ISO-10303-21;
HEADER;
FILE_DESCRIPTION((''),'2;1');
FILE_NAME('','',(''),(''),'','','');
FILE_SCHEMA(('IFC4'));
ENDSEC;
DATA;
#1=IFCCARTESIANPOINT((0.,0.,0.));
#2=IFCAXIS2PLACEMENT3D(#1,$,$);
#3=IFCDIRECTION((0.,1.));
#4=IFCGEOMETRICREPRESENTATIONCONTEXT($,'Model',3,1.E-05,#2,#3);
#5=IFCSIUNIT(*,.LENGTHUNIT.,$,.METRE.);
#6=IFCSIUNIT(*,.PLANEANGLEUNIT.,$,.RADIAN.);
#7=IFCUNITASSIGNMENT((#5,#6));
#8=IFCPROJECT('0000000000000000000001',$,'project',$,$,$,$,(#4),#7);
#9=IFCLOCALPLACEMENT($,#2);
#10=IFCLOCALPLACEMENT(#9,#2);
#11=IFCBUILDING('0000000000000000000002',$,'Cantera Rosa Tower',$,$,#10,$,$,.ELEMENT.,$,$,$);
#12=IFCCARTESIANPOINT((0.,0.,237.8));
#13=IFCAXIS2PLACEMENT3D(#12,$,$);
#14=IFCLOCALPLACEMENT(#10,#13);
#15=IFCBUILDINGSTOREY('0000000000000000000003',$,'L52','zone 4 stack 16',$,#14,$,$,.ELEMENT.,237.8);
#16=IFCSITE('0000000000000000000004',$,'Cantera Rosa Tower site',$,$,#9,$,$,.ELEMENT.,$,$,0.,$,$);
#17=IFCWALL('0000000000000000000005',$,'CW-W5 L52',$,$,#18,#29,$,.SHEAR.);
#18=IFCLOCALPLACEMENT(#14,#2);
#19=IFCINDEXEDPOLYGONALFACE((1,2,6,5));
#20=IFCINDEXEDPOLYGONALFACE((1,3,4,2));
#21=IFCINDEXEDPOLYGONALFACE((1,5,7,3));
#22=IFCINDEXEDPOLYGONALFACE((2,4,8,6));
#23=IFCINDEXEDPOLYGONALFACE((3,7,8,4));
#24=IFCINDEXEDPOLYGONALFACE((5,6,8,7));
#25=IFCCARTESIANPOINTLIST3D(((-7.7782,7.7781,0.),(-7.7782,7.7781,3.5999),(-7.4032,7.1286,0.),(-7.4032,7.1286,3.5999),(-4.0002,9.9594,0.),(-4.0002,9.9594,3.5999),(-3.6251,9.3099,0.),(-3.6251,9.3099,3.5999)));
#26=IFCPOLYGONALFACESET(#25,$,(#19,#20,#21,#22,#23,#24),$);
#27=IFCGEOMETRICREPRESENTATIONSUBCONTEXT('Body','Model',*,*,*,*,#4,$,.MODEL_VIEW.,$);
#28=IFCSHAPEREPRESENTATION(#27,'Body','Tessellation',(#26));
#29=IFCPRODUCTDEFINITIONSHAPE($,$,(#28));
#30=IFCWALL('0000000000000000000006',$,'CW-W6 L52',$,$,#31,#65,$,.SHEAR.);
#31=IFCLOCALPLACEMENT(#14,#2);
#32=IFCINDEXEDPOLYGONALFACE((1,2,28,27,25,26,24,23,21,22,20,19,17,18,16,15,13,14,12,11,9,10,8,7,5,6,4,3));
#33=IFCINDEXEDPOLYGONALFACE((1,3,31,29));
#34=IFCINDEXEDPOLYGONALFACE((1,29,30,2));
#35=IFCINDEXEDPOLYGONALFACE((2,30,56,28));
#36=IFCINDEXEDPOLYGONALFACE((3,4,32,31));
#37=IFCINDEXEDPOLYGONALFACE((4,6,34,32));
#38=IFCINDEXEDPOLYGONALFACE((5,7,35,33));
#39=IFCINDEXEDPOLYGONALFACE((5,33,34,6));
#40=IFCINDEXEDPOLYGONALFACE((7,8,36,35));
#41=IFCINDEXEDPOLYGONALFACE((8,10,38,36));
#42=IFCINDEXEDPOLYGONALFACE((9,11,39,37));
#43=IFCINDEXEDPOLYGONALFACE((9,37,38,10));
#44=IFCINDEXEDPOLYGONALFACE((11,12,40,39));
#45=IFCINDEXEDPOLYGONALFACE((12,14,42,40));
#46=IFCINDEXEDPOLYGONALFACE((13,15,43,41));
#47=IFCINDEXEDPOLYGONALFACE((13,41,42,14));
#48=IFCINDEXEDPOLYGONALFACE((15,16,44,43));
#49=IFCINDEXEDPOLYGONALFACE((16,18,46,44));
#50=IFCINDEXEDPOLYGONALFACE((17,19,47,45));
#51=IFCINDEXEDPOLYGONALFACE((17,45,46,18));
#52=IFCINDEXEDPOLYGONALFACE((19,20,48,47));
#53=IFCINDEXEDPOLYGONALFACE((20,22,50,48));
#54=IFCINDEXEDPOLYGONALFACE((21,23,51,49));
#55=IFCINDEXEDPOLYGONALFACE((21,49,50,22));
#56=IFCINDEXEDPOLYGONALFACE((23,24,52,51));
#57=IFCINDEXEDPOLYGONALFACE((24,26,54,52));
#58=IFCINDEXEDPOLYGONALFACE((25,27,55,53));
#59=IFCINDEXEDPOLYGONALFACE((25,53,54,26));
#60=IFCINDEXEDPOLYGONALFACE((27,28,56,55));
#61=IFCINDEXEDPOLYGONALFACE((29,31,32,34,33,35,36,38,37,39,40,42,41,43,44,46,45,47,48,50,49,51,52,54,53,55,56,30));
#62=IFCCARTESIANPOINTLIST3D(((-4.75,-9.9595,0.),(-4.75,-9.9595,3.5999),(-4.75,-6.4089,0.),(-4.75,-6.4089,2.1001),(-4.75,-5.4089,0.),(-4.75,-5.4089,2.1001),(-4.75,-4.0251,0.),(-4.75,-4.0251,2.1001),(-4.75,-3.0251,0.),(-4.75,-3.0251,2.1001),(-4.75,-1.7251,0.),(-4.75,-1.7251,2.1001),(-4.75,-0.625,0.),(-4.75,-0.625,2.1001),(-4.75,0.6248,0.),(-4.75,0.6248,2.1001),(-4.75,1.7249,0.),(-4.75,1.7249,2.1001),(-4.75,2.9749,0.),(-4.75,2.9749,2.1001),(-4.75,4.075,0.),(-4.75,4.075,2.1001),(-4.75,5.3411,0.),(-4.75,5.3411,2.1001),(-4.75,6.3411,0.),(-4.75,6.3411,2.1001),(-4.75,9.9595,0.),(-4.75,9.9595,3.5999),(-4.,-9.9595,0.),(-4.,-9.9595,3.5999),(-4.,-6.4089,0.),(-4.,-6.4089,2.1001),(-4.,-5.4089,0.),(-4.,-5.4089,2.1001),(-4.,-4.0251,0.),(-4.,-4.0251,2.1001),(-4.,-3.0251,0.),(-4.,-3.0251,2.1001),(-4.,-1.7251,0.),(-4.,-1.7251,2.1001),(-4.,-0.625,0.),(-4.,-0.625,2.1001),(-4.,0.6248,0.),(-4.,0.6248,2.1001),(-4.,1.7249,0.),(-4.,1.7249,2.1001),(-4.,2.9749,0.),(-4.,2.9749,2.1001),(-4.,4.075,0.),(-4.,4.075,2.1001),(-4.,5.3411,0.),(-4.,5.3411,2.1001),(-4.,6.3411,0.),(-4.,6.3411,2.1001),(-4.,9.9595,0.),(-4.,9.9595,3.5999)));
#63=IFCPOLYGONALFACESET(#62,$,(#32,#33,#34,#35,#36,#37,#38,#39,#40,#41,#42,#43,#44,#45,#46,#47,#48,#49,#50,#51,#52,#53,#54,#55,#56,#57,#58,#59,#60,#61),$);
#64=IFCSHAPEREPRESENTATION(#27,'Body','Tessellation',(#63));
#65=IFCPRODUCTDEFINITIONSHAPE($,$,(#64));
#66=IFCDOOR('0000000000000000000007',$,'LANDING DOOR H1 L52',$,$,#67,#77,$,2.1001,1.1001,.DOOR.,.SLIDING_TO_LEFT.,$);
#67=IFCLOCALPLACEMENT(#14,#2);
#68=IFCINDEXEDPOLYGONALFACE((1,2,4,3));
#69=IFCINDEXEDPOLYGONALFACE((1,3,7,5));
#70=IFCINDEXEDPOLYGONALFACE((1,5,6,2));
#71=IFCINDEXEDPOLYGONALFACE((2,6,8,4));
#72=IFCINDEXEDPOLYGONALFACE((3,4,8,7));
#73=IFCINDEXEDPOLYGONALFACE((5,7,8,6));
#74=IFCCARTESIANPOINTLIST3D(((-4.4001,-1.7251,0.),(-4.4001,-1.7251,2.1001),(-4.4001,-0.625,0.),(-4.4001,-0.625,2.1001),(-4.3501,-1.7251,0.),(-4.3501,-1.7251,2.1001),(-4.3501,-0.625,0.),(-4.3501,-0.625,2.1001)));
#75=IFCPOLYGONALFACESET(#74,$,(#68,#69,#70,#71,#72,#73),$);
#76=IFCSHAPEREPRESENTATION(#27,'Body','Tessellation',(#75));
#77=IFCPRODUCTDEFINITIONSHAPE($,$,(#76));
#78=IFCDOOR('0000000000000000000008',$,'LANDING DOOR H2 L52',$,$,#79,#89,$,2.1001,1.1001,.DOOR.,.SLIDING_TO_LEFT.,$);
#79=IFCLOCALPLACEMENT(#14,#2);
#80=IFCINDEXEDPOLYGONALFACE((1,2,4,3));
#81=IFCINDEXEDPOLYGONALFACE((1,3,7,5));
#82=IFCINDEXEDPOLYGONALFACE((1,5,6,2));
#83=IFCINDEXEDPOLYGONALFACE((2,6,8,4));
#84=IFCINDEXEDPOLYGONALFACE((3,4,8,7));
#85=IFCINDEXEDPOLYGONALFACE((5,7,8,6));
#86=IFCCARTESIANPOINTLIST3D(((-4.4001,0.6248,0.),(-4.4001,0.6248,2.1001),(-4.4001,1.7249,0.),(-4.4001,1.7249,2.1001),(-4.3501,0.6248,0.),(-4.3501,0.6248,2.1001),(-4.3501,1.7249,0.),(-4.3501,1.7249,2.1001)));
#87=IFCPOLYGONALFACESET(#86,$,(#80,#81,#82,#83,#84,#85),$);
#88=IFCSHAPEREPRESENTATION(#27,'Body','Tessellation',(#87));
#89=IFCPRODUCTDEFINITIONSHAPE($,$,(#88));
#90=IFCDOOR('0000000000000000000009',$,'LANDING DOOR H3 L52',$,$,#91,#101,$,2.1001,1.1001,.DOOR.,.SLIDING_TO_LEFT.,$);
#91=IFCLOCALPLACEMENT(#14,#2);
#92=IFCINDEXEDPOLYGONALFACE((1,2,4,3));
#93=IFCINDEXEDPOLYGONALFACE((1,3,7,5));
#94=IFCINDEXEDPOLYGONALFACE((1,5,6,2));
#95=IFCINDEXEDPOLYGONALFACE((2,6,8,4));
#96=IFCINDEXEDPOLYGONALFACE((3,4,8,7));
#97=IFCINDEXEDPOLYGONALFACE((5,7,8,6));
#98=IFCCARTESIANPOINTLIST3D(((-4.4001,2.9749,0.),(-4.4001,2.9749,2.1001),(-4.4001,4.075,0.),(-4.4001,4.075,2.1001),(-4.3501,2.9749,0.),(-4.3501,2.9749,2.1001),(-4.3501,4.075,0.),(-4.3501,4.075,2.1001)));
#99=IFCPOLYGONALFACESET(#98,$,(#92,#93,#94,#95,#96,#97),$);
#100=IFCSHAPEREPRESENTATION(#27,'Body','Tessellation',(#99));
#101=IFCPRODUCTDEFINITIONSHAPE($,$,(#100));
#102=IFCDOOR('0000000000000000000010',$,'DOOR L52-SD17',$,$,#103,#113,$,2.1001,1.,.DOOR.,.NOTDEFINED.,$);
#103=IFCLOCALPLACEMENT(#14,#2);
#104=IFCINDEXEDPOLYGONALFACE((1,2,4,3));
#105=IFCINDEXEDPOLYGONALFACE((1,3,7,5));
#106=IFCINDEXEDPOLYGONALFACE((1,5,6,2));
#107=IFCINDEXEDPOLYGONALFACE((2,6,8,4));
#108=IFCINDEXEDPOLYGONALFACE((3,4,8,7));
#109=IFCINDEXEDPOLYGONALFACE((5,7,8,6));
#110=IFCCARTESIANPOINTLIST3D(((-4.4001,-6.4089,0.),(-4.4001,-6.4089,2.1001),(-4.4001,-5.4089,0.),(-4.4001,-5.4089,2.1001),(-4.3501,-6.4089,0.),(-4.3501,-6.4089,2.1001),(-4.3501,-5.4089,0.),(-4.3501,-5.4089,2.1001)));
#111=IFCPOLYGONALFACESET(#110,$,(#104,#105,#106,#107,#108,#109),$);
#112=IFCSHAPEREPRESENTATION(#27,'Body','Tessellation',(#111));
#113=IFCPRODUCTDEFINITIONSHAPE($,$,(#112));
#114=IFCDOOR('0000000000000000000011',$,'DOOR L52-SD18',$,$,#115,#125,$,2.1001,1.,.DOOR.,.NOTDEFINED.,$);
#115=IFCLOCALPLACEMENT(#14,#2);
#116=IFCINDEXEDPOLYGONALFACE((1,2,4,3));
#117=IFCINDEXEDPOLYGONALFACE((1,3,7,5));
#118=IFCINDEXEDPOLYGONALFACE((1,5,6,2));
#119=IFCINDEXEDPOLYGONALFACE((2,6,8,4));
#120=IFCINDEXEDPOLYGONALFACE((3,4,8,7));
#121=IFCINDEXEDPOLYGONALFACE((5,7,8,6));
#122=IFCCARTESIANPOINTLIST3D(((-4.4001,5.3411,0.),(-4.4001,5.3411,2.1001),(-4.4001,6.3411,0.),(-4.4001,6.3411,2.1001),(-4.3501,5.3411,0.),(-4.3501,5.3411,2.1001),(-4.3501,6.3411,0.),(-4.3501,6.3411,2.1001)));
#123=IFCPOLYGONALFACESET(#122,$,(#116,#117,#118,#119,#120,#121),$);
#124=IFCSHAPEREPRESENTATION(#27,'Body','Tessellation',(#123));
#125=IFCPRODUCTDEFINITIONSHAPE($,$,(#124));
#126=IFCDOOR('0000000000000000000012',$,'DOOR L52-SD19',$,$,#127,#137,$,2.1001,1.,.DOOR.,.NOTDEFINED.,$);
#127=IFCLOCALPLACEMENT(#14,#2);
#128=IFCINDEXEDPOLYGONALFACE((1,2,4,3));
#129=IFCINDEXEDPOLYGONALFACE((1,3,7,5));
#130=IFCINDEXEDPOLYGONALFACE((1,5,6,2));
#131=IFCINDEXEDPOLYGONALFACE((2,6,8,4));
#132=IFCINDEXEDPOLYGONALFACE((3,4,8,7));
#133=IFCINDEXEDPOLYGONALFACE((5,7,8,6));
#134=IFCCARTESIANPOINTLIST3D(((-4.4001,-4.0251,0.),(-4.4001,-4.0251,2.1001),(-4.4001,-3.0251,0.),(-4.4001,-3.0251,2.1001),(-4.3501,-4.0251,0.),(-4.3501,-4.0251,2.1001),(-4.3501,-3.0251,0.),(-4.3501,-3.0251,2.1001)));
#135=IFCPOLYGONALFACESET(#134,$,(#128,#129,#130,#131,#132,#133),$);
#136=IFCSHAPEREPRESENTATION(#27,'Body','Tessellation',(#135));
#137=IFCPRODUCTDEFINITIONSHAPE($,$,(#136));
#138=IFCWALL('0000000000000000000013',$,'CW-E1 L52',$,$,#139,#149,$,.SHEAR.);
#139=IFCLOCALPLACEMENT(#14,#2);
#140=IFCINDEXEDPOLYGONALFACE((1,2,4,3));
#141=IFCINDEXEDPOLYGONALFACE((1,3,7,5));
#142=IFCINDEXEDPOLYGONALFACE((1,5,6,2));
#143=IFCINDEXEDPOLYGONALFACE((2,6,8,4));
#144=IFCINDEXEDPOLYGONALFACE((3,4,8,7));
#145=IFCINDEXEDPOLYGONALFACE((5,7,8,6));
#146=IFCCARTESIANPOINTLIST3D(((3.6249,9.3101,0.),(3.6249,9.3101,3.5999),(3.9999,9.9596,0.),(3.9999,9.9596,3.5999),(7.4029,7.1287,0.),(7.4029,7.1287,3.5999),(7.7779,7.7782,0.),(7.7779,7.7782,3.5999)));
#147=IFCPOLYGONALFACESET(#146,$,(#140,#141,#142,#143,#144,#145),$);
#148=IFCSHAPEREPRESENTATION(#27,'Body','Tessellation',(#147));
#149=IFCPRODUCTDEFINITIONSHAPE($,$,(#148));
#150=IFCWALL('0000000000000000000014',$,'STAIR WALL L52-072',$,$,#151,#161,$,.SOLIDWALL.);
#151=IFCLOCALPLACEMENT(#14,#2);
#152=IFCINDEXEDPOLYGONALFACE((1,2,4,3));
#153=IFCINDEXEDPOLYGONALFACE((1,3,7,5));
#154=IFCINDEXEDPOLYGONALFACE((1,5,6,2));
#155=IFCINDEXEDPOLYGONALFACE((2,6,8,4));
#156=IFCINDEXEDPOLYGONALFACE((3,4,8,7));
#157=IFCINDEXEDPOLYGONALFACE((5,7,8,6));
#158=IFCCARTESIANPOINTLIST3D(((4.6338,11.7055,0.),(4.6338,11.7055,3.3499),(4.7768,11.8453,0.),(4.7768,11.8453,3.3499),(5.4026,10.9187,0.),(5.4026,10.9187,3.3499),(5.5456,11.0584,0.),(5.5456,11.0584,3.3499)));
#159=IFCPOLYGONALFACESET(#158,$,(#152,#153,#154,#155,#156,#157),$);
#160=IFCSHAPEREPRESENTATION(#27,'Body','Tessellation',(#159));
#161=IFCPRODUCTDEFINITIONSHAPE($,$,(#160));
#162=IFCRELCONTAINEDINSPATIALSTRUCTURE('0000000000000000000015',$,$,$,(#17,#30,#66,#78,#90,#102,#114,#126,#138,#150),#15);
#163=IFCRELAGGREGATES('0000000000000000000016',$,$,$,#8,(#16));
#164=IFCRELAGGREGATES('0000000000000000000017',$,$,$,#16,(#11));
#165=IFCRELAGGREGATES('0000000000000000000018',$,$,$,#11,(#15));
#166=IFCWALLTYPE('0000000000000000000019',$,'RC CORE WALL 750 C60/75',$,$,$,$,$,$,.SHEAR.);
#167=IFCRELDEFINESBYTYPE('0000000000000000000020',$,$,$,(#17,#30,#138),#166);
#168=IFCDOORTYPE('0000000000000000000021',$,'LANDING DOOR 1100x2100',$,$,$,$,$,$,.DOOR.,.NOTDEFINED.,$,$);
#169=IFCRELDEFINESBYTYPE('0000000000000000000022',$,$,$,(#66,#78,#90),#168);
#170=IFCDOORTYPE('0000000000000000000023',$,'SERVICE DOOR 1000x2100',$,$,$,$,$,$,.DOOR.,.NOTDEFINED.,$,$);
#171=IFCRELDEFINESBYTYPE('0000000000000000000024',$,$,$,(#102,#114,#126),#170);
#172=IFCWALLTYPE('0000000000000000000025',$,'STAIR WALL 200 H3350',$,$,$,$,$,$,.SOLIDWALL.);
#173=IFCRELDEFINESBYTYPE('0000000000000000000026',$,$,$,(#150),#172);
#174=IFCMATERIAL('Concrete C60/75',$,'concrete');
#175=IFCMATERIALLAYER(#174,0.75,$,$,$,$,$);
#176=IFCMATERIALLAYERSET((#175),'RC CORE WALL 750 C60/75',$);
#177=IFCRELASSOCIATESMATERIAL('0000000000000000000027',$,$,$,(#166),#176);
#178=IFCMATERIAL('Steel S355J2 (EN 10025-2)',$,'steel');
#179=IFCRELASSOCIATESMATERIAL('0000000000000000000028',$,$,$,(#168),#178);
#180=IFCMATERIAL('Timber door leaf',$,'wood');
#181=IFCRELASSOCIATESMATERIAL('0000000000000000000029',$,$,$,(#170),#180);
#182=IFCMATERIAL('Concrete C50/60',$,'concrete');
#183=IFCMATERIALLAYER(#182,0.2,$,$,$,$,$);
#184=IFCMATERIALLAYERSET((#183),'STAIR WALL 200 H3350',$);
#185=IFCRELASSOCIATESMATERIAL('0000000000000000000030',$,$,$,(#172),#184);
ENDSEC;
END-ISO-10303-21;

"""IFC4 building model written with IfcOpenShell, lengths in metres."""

from ifc_helpers import new_model, si_unit, direction, frame, frame_2d, origin, place, context, subcontext, project, spatial, rectangle, extrude, material, layer, layer_set, type_object, element, fill, save


model = new_model("IFC4")

# Units and contexts
model_context = context("Model", 3, precision=1e-05, world=origin(), true_north=direction((0.0, 1.0)))
body_context = subcontext(model_context, "Body", "Model", "MODEL_VIEW")
ifc_project = project(units=[si_unit("LENGTHUNIT", "METRE"), si_unit("PLANEANGLEUNIT", "RADIAN")], contexts=[model_context])

# Site, building, storey
site_placement = place(None, origin())
site = spatial("IfcSite", under=ifc_project, at=site_placement, Name="Cantera Rosa Tower site", CompositionType="ELEMENT", RefElevation=0.0)
building_placement = place(site_placement, origin())
building = spatial("IfcBuilding", under=site, at=building_placement, Name="Cantera Rosa Tower", CompositionType="ELEMENT")
storey_placement = place(building_placement, frame((0.0, 0.0, 237.8)))
storey = spatial("IfcBuildingStorey", under=building, at=storey_placement, Name="L52", Description="zone 4 stack 16", CompositionType="ELEMENT", Elevation=237.8)

# Wall
ifc_material_1 = material(Name="Concrete C60/75", Category="concrete")
ifc_layer_1 = layer(ifc_material_1, 0.75)
ifc_layer_set_1 = layer_set([ifc_layer_1], Name="RC CORE WALL 750 C60/75")
wall_type_1 = type_object("IfcWallType", Name="RC CORE WALL 750 C60/75", PredefinedType="SHEAR", material=ifc_layer_set_1)
wall_1_placement = place(storey_placement, frame((-7.5906, 7.4534, 0.0), z_axis=(0.0, 0.0, 1.0), x_axis=(0.866013, 0.500021, 0.0)))
element("IfcWall", 1, at=wall_1_placement, inside=storey, type_object=wall_type_1, Name="CW-W5 L52", PredefinedType="SHEAR", context=body_context, shape_type="SweptSolid", body=[
    extrude(rectangle(XDim=4.3625, YDim=0.75, at=frame_2d((2.1812, 0.0))), origin(), (0.0, 0.0, 1.0), 3.5999),
])

# Wall, openings, doors
wall_2_placement = place(storey_placement, frame((-4.375, 9.9595, 0.0), z_axis=(0.0, 0.0, 1.0), x_axis=(0.0, -1.0, 0.0)))
wall_2 = element("IfcWall", 2, at=wall_2_placement, inside=storey, type_object=wall_type_1, Name="CW-W6 L52", PredefinedType="SHEAR", context=body_context, shape_type="SweptSolid", body=[
    extrude(rectangle(XDim=19.9189, YDim=0.75, at=frame_2d((9.9595, 0.0))), origin(), (0.0, 0.0, 1.0), 3.5999),
])
opening_1_placement = place(wall_2_placement, frame((10.5845, 0.0, 0.0)))
opening_1 = element("IfcOpeningElement", 3, at=opening_1_placement, cuts=wall_2, PredefinedType="OPENING", context=body_context, shape_type="SweptSolid", body=[
    extrude(rectangle(XDim=1.1001, YDim=2.1001, at=frame_2d((0.55, 1.05))), frame((0.0, 0.385, 0.0), z_axis=(0.0, -1.0, 0.0), x_axis=(1.0, 0.0, 0.0)), (0.0, 0.0, 1.0), 0.77),
])
opening_2_placement = place(wall_2_placement, frame((8.2346, 0.0, 0.0)))
opening_2 = element("IfcOpeningElement", 4, at=opening_2_placement, cuts=wall_2, PredefinedType="OPENING", context=body_context, shape_type="SweptSolid", body=[
    extrude(rectangle(XDim=1.1001, YDim=2.1001, at=frame_2d((0.55, 1.05))), frame((0.0, 0.385, 0.0), z_axis=(0.0, -1.0, 0.0), x_axis=(1.0, 0.0, 0.0)), (0.0, 0.0, 1.0), 0.77),
])
opening_3_placement = place(wall_2_placement, frame((5.8845, 0.0, 0.0)))
opening_3 = element("IfcOpeningElement", 5, at=opening_3_placement, cuts=wall_2, PredefinedType="OPENING", context=body_context, shape_type="SweptSolid", body=[
    extrude(rectangle(XDim=1.1001, YDim=2.1001, at=frame_2d((0.55, 1.05))), frame((0.0, 0.385, 0.0), z_axis=(0.0, -1.0, 0.0), x_axis=(1.0, 0.0, 0.0)), (0.0, 0.0, 1.0), 0.77),
])
opening_4_placement = place(wall_2_placement, frame((15.3684, 0.0, 0.0)))
opening_4 = element("IfcOpeningElement", 6, at=opening_4_placement, cuts=wall_2, PredefinedType="OPENING", context=body_context, shape_type="SweptSolid", body=[
    extrude(rectangle(XDim=1.0, YDim=2.1001, at=frame_2d((0.5, 1.05))), frame((0.0, 0.385, 0.0), z_axis=(0.0, -1.0, 0.0), x_axis=(1.0, 0.0, 0.0)), (0.0, 0.0, 1.0), 0.77),
])
opening_5_placement = place(wall_2_placement, frame((3.6184, 0.0, 0.0)))
opening_5 = element("IfcOpeningElement", 7, at=opening_5_placement, cuts=wall_2, PredefinedType="OPENING", context=body_context, shape_type="SweptSolid", body=[
    extrude(rectangle(XDim=1.0, YDim=2.1001, at=frame_2d((0.5, 1.05))), frame((0.0, 0.385, 0.0), z_axis=(0.0, -1.0, 0.0), x_axis=(1.0, 0.0, 0.0)), (0.0, 0.0, 1.0), 0.77),
])
opening_6_placement = place(wall_2_placement, frame((12.9846, 0.0, 0.0)))
opening_6 = element("IfcOpeningElement", 8, at=opening_6_placement, cuts=wall_2, PredefinedType="OPENING", context=body_context, shape_type="SweptSolid", body=[
    extrude(rectangle(XDim=1.0, YDim=2.1001, at=frame_2d((0.5, 1.05))), frame((0.0, 0.385, 0.0), z_axis=(0.0, -1.0, 0.0), x_axis=(1.0, 0.0, 0.0)), (0.0, 0.0, 1.0), 0.77),
])
ifc_material_2 = material(Name="Steel S355J2 (EN 10025-2)", Category="steel")
door_type_1 = type_object("IfcDoorType", Name="LANDING DOOR 1100x2100", OperationType="NOTDEFINED", PredefinedType="DOOR", material=ifc_material_2)
door_1_placement = place(opening_1_placement, origin())
door_1 = element("IfcDoor", 9, at=door_1_placement, inside=storey, type_object=door_type_1, Name="LANDING DOOR H1 L52", OperationType="SLIDING_TO_LEFT", OverallHeight=2.1001, OverallWidth=1.1001, PredefinedType="DOOR", context=body_context, shape_type="SweptSolid", body=[
    extrude(rectangle(XDim=1.1001, YDim=2.1001, at=frame_2d((0.55, 1.05))), frame((0.0, 0.0249, 0.0), z_axis=(0.0, -1.0, 0.0), x_axis=(1.0, 0.0, 0.0)), (0.0, 0.0, 1.0), 0.05),
])
fill(opening_1, door_1)
door_2_placement = place(opening_2_placement, origin())
door_2 = element("IfcDoor", 10, at=door_2_placement, inside=storey, type_object=door_type_1, Name="LANDING DOOR H2 L52", OperationType="SLIDING_TO_LEFT", OverallHeight=2.1001, OverallWidth=1.1001, PredefinedType="DOOR", context=body_context, shape_type="SweptSolid", body=[
    extrude(rectangle(XDim=1.1001, YDim=2.1001, at=frame_2d((0.55, 1.05))), frame((0.0, 0.0249, 0.0), z_axis=(0.0, -1.0, 0.0), x_axis=(1.0, 0.0, 0.0)), (0.0, 0.0, 1.0), 0.05),
])
fill(opening_2, door_2)
door_3_placement = place(opening_3_placement, origin())
door_3 = element("IfcDoor", 11, at=door_3_placement, inside=storey, type_object=door_type_1, Name="LANDING DOOR H3 L52", OperationType="SLIDING_TO_LEFT", OverallHeight=2.1001, OverallWidth=1.1001, PredefinedType="DOOR", context=body_context, shape_type="SweptSolid", body=[
    extrude(rectangle(XDim=1.1001, YDim=2.1001, at=frame_2d((0.55, 1.05))), frame((0.0, 0.0249, 0.0), z_axis=(0.0, -1.0, 0.0), x_axis=(1.0, 0.0, 0.0)), (0.0, 0.0, 1.0), 0.05),
])
fill(opening_3, door_3)
ifc_material_3 = material(Name="Timber door leaf", Category="wood")
door_type_2 = type_object("IfcDoorType", Name="SERVICE DOOR 1000x2100", OperationType="NOTDEFINED", PredefinedType="DOOR", material=ifc_material_3)
door_4_placement = place(opening_4_placement, origin())
door_4 = element("IfcDoor", 12, at=door_4_placement, inside=storey, type_object=door_type_2, Name="DOOR L52-SD17", OperationType="NOTDEFINED", OverallHeight=2.1001, OverallWidth=1.0, PredefinedType="DOOR", context=body_context, shape_type="SweptSolid", body=[
    extrude(rectangle(XDim=1.0, YDim=2.1001, at=frame_2d((0.5, 1.05))), frame((0.0, 0.0249, 0.0), z_axis=(0.0, -1.0, 0.0), x_axis=(1.0, 0.0, 0.0)), (0.0, 0.0, 1.0), 0.05),
])
fill(opening_4, door_4)
door_5_placement = place(opening_5_placement, origin())
door_5 = element("IfcDoor", 13, at=door_5_placement, inside=storey, type_object=door_type_2, Name="DOOR L52-SD18", OperationType="NOTDEFINED", OverallHeight=2.1001, OverallWidth=1.0, PredefinedType="DOOR", context=body_context, shape_type="SweptSolid", body=[
    extrude(rectangle(XDim=1.0, YDim=2.1001, at=frame_2d((0.5, 1.05))), frame((0.0, 0.0249, 0.0), z_axis=(0.0, -1.0, 0.0), x_axis=(1.0, 0.0, 0.0)), (0.0, 0.0, 1.0), 0.05),
])
fill(opening_5, door_5)
door_6_placement = place(opening_6_placement, origin())
door_6 = element("IfcDoor", 14, at=door_6_placement, inside=storey, type_object=door_type_2, Name="DOOR L52-SD19", OperationType="NOTDEFINED", OverallHeight=2.1001, OverallWidth=1.0, PredefinedType="DOOR", context=body_context, shape_type="SweptSolid", body=[
    extrude(rectangle(XDim=1.0, YDim=2.1001, at=frame_2d((0.5, 1.05))), frame((0.0, 0.0249, 0.0), z_axis=(0.0, -1.0, 0.0), x_axis=(1.0, 0.0, 0.0)), (0.0, 0.0, 1.0), 0.05),
])
fill(opening_6, door_6)

# Walls
wall_3_placement = place(storey_placement, frame((3.8125, 9.6348, 0.0), z_axis=(0.0, 0.0, 1.0), x_axis=(0.866013, -0.500021, 0.0)))
element("IfcWall", 15, at=wall_3_placement, inside=storey, type_object=wall_type_1, Name="CW-E1 L52", PredefinedType="SHEAR", context=body_context, shape_type="SweptSolid", body=[
    extrude(rectangle(XDim=4.3625, YDim=0.75, at=frame_2d((2.1812, 0.0))), origin(), (0.0, 0.0, 1.0), 3.5999),
])
ifc_material_4 = material(Name="Concrete C50/60", Category="concrete")
ifc_layer_2 = layer(ifc_material_4, 0.2)
ifc_layer_set_2 = layer_set([ifc_layer_2], Name="STAIR WALL 200 H3350")
wall_type_2 = type_object("IfcWallType", Name="STAIR WALL 200 H3350", PredefinedType="SOLIDWALL", material=ifc_layer_set_2)
wall_4_placement = place(storey_placement, frame((4.7053, 11.7754, 0.0), z_axis=(0.0, 0.0, 1.0), x_axis=(0.698848, -0.71527, 0.0)))
element("IfcWall", 16, at=wall_4_placement, inside=storey, type_object=wall_type_2, Name="STAIR WALL L52-072", PredefinedType="SOLIDWALL", context=body_context, shape_type="SweptSolid", body=[
    extrude(rectangle(XDim=1.1001, YDim=0.2, at=frame_2d((0.55, 0.0))), origin(), (0.0, 0.0, 1.0), 3.3499),
])

save(model, "model.ifc")
